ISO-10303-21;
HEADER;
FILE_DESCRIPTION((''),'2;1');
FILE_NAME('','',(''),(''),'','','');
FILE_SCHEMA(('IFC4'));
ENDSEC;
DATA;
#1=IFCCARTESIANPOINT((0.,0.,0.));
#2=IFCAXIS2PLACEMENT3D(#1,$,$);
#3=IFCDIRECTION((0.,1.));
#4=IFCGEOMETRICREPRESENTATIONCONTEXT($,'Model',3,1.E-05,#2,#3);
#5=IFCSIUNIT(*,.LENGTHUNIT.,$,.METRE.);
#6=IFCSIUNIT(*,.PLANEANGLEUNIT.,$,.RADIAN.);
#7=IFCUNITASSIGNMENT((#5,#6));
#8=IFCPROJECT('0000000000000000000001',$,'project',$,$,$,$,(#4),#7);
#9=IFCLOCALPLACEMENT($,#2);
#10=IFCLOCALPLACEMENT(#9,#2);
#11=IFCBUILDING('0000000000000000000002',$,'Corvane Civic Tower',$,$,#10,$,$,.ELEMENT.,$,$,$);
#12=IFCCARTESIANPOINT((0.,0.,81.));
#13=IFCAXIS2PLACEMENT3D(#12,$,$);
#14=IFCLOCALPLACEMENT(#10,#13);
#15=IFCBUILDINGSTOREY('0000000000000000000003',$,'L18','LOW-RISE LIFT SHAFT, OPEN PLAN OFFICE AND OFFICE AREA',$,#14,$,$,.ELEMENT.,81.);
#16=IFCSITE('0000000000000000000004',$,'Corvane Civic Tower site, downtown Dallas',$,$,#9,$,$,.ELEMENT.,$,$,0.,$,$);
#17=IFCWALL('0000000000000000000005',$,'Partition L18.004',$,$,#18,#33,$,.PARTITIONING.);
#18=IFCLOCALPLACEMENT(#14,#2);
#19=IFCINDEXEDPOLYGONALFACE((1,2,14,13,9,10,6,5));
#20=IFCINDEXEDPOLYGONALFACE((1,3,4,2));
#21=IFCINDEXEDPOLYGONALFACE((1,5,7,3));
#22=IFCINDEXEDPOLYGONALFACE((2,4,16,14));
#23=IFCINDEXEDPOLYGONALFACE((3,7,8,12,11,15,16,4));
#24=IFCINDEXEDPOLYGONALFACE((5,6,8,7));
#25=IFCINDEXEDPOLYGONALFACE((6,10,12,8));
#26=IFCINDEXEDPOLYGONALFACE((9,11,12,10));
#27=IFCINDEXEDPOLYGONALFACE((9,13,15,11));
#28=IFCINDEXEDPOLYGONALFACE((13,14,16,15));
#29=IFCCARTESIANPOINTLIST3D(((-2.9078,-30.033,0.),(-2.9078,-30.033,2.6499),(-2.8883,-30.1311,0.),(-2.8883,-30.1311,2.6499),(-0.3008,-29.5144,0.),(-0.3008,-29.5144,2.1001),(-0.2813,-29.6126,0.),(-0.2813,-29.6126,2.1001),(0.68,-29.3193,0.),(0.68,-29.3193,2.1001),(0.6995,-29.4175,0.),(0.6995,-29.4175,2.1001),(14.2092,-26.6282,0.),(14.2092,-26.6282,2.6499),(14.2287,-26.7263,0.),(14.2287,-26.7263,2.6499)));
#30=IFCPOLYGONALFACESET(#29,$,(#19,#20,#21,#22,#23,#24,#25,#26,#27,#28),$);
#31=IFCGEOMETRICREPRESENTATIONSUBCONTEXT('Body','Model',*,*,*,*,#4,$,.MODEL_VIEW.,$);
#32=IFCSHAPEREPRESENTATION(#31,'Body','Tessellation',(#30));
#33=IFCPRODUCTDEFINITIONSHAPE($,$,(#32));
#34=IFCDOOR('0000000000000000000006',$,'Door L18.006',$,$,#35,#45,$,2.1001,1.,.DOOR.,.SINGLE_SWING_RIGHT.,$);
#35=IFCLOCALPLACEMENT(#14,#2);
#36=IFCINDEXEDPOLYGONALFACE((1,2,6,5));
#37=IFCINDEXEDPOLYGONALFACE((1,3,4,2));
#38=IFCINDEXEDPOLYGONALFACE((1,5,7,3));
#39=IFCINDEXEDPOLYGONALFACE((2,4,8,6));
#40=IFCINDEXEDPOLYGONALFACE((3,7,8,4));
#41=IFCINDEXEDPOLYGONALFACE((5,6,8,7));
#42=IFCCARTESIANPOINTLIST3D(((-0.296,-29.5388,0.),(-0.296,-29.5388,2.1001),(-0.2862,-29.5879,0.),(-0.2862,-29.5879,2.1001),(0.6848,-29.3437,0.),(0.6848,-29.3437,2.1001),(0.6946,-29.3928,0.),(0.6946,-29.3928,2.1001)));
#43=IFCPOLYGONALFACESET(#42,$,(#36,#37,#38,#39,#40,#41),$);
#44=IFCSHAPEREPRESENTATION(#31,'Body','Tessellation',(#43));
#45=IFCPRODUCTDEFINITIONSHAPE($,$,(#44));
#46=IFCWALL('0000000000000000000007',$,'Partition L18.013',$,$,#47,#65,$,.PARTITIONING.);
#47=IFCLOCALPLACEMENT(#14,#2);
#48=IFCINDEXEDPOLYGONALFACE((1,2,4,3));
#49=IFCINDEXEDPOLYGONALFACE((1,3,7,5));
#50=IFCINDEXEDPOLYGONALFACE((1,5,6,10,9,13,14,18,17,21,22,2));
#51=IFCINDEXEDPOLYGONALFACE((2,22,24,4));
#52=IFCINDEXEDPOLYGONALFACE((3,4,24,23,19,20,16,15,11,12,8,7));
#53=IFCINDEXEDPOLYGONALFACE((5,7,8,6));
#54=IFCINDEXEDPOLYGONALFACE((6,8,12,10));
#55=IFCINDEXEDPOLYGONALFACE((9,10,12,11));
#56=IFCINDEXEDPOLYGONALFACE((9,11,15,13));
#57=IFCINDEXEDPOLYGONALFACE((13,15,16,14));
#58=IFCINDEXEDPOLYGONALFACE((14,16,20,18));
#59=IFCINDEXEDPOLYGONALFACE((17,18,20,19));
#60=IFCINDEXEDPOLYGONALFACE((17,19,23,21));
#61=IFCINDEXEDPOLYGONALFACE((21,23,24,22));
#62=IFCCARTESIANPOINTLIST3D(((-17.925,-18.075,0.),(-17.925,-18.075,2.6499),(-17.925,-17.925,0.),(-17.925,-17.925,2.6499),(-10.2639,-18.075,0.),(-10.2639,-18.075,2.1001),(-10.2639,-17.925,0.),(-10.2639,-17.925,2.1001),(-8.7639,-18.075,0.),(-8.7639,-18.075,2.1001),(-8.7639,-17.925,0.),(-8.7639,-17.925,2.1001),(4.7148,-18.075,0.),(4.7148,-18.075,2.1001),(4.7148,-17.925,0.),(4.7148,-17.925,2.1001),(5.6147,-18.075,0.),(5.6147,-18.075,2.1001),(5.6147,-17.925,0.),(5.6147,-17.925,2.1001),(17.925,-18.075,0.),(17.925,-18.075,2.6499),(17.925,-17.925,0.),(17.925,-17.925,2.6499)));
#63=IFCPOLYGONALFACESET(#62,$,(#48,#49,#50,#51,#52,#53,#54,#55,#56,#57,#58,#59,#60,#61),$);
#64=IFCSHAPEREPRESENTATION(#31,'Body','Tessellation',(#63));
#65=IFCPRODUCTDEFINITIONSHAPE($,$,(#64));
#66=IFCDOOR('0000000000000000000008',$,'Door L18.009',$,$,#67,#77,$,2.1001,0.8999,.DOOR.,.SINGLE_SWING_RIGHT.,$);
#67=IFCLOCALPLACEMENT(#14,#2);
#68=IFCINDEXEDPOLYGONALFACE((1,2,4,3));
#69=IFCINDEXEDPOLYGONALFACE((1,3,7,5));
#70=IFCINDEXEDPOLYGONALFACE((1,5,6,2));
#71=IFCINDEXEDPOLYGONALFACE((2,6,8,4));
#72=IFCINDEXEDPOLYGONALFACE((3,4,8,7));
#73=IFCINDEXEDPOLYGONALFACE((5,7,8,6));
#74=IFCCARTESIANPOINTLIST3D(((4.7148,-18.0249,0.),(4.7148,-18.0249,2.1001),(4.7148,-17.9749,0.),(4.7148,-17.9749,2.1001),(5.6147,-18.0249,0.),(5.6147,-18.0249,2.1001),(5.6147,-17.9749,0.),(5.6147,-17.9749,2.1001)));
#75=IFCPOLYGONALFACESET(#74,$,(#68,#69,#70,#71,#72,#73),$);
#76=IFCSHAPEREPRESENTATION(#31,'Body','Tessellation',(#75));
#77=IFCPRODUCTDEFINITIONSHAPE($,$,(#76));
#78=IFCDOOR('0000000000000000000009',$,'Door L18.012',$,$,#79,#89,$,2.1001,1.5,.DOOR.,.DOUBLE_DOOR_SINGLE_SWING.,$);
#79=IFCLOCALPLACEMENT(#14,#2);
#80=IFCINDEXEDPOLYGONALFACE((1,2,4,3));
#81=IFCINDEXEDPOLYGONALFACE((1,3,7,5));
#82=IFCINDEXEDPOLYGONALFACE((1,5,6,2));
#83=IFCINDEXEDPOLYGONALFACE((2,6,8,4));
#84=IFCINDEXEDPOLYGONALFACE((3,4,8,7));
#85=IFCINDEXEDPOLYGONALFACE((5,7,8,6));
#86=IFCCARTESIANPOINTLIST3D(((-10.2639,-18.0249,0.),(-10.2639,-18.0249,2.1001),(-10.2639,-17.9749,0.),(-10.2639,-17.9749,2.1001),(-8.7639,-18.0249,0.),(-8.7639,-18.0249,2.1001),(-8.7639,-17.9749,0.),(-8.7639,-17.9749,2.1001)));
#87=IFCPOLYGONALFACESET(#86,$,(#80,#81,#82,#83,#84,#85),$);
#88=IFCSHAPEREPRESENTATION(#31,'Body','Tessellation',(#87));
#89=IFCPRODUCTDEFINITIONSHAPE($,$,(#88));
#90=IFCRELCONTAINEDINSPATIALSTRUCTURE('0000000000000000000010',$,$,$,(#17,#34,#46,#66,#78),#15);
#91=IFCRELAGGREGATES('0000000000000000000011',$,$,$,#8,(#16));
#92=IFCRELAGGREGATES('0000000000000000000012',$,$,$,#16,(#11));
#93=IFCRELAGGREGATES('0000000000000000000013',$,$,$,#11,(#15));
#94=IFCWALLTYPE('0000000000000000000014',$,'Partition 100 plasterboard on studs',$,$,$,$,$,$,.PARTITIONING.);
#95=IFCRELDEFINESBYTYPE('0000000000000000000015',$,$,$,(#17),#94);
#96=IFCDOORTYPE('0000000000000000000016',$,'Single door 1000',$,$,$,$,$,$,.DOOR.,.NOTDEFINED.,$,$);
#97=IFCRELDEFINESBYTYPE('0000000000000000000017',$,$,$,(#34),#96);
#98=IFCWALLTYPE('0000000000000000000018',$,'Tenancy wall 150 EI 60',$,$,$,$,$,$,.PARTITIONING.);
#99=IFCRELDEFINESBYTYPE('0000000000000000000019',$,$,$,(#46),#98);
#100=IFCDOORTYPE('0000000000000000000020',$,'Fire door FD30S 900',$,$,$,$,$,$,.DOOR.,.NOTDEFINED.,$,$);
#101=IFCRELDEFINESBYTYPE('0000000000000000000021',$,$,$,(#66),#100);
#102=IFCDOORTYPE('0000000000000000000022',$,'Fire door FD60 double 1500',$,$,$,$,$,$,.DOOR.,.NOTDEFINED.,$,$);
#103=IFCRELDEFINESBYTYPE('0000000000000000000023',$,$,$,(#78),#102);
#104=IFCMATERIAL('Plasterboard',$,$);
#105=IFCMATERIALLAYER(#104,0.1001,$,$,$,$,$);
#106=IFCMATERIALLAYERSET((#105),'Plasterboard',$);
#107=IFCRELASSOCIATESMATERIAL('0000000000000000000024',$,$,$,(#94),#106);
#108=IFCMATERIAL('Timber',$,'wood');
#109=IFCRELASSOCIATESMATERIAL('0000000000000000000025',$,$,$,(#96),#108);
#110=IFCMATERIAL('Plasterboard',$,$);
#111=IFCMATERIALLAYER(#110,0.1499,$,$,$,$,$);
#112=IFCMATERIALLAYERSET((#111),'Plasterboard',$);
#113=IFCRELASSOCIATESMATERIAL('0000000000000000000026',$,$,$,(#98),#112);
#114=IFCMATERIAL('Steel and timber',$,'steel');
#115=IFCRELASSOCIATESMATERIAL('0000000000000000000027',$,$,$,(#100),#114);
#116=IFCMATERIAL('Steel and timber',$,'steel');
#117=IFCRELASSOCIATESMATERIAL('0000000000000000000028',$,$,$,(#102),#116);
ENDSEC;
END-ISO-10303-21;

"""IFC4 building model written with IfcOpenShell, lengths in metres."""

from ifc_helpers import new_model, si_unit, direction, frame, frame_2d, origin, place, context, subcontext, project, spatial, rectangle, extrude, material, layer, layer_set, type_object, element, fill, save


model = new_model("IFC4")

# Units and contexts
model_context = context("Model", 3, precision=1e-05, world=origin(), true_north=direction((0.0, 1.0)))
body_context = subcontext(model_context, "Body", "Model", "MODEL_VIEW")
ifc_project = project(units=[si_unit("LENGTHUNIT", "METRE"), si_unit("PLANEANGLEUNIT", "RADIAN")], contexts=[model_context])

# Site, building, storey
site_placement = place(None, origin())
site = spatial("IfcSite", under=ifc_project, at=site_placement, Name="Corvane Civic Tower site, downtown Dallas", CompositionType="ELEMENT", RefElevation=0.0)
building_placement = place(site_placement, origin())
building = spatial("IfcBuilding", under=site, at=building_placement, Name="Corvane Civic Tower", CompositionType="ELEMENT")
storey_placement = place(building_placement, frame((0.0, 0.0, 81.0)))
storey = spatial("IfcBuildingStorey", under=building, at=storey_placement, Name="L18", Description="LOW-RISE LIFT SHAFT, OPEN PLAN OFFICE AND OFFICE AREA", CompositionType="ELEMENT", Elevation=81.0)

# Shared definitions
ifc_material_1 = material(Name="Plasterboard")
ifc_layer_1 = layer(ifc_material_1, 0.1001)
ifc_layer_set_1 = layer_set([ifc_layer_1], Name="Plasterboard")
wall_type_1 = type_object("IfcWallType", Name="Partition 100 plasterboard on studs", PredefinedType="PARTITIONING", material=ifc_layer_set_1)

# Wall, opening, door
wall_1_placement = place(storey_placement, frame((-2.8979, -30.082, 0.0), z_axis=(0.0, 0.0, 1.0), x_axis=(0.980785, 0.195091, 0.0)))
wall_1 = element("IfcWall", 1, at=wall_1_placement, inside=storey, type_object=wall_type_1, Name="Partition L18.004", PredefinedType="PARTITIONING", context=body_context, shape_type="SweptSolid", body=[
    extrude(rectangle(XDim=17.4524, YDim=0.1001, at=frame_2d((8.7261, 0.0))), origin(), (0.0, 0.0, 1.0), 2.6499),
])
opening_1_placement = place(wall_1_placement, frame((2.658, 0.0, 0.0)))
opening_1 = element("IfcOpeningElement", 2, at=opening_1_placement, cuts=wall_1, PredefinedType="OPENING", context=body_context, shape_type="SweptSolid", body=[
    extrude(rectangle(XDim=1.0, YDim=2.1001, at=frame_2d((0.5, 1.05))), frame((0.0, 0.0601, 0.0), z_axis=(0.0, -1.0, 0.0), x_axis=(1.0, 0.0, 0.0)), (0.0, 0.0, 1.0), 0.1201),
])
ifc_material_2 = material(Name="Timber", Category="wood")
door_type_1 = type_object("IfcDoorType", Name="Single door 1000", OperationType="NOTDEFINED", PredefinedType="DOOR", material=ifc_material_2)
door_1_placement = place(opening_1_placement, frame((1.0, 0.0, 0.0), z_axis=(0.0, 0.0, 1.0), x_axis=(-1.0, 0.0, 0.0)))
door_1 = element("IfcDoor", 3, at=door_1_placement, inside=storey, type_object=door_type_1, Name="Door L18.006", OperationType="SINGLE_SWING_RIGHT", OverallHeight=2.1001, OverallWidth=1.0, PredefinedType="DOOR", context=body_context, shape_type="SweptSolid", body=[
    extrude(rectangle(XDim=1.0, YDim=2.1001, at=frame_2d((0.5, 1.05))), frame((0.0, 0.0249, 0.0), z_axis=(0.0, -1.0, 0.0), x_axis=(1.0, 0.0, 0.0)), (0.0, 0.0, 1.0), 0.05),
])
fill(opening_1, door_1)

# Wall, openings, doors
ifc_material_3 = material(Name="Plasterboard")
ifc_layer_2 = layer(ifc_material_3, 0.1499)
ifc_layer_set_2 = layer_set([ifc_layer_2], Name="Plasterboard")
wall_type_2 = type_object("IfcWallType", Name="Tenancy wall 150 EI 60", PredefinedType="PARTITIONING", material=ifc_layer_set_2)
wall_2_placement = place(storey_placement, frame((-17.925, -18.0, 0.0), z_axis=(0.0, 0.0, 1.0), x_axis=(1.0, 0.0, 0.0)))
wall_2 = element("IfcWall", 4, at=wall_2_placement, inside=storey, type_object=wall_type_2, Name="Partition L18.013", PredefinedType="PARTITIONING", context=body_context, shape_type="SweptSolid", body=[
    extrude(rectangle(XDim=35.8501, YDim=0.1499, at=frame_2d((17.925, 0.0))), origin(), (0.0, 0.0, 1.0), 2.6499),
])
opening_2_placement = place(wall_2_placement, frame((22.6399, 0.0, 0.0)))
opening_2 = element("IfcOpeningElement", 5, at=opening_2_placement, cuts=wall_2, PredefinedType="OPENING", context=body_context, shape_type="SweptSolid", body=[
    extrude(rectangle(XDim=0.8999, YDim=2.1001, at=frame_2d((0.45, 1.05))), frame((0.0, 0.085, 0.0), z_axis=(0.0, -1.0, 0.0), x_axis=(1.0, 0.0, 0.0)), (0.0, 0.0, 1.0), 0.1699),
])
opening_3_placement = place(wall_2_placement, frame((7.6611, 0.0, 0.0)))
opening_3 = element("IfcOpeningElement", 6, at=opening_3_placement, cuts=wall_2, PredefinedType="OPENING", context=body_context, shape_type="SweptSolid", body=[
    extrude(rectangle(XDim=1.5, YDim=2.1001, at=frame_2d((0.75, 1.05))), frame((0.0, 0.085, 0.0), z_axis=(0.0, -1.0, 0.0), x_axis=(1.0, 0.0, 0.0)), (0.0, 0.0, 1.0), 0.1699),
])
ifc_material_4 = material(Name="Steel and timber", Category="steel")
door_type_2 = type_object("IfcDoorType", Name="Fire door FD30S 900", OperationType="NOTDEFINED", PredefinedType="DOOR", material=ifc_material_4)
door_2_placement = place(opening_2_placement, frame((0.8999, 0.0, 0.0), z_axis=(0.0, 0.0, 1.0), x_axis=(-1.0, 0.0, 0.0)))
door_2 = element("IfcDoor", 7, at=door_2_placement, inside=storey, type_object=door_type_2, Name="Door L18.009", OperationType="SINGLE_SWING_RIGHT", OverallHeight=2.1001, OverallWidth=0.8999, PredefinedType="DOOR", context=body_context, shape_type="SweptSolid", body=[
    extrude(rectangle(XDim=0.8999, YDim=2.1001, at=frame_2d((0.45, 1.05))), frame((0.0, 0.0249, 0.0), z_axis=(0.0, -1.0, 0.0), x_axis=(1.0, 0.0, 0.0)), (0.0, 0.0, 1.0), 0.05),
])
fill(opening_2, door_2)
ifc_material_5 = material(Name="Steel and timber", Category="steel")
door_type_3 = type_object("IfcDoorType", Name="Fire door FD60 double 1500", OperationType="NOTDEFINED", PredefinedType="DOOR", material=ifc_material_5)
door_3_placement = place(opening_3_placement, frame((1.5, 0.0, 0.0), z_axis=(0.0, 0.0, 1.0), x_axis=(-1.0, 0.0, 0.0)))
door_3 = element("IfcDoor", 8, at=door_3_placement, inside=storey, type_object=door_type_3, Name="Door L18.012", OperationType="DOUBLE_DOOR_SINGLE_SWING", OverallHeight=2.1001, OverallWidth=1.5, PredefinedType="DOOR", context=body_context, shape_type="SweptSolid", body=[
    extrude(rectangle(XDim=1.5, YDim=2.1001, at=frame_2d((0.75, 1.05))), frame((0.0, 0.0249, 0.0), z_axis=(0.0, -1.0, 0.0), x_axis=(1.0, 0.0, 0.0)), (0.0, 0.0, 1.0), 0.05),
])
fill(opening_3, door_3)

save(model, "model.ifc")
